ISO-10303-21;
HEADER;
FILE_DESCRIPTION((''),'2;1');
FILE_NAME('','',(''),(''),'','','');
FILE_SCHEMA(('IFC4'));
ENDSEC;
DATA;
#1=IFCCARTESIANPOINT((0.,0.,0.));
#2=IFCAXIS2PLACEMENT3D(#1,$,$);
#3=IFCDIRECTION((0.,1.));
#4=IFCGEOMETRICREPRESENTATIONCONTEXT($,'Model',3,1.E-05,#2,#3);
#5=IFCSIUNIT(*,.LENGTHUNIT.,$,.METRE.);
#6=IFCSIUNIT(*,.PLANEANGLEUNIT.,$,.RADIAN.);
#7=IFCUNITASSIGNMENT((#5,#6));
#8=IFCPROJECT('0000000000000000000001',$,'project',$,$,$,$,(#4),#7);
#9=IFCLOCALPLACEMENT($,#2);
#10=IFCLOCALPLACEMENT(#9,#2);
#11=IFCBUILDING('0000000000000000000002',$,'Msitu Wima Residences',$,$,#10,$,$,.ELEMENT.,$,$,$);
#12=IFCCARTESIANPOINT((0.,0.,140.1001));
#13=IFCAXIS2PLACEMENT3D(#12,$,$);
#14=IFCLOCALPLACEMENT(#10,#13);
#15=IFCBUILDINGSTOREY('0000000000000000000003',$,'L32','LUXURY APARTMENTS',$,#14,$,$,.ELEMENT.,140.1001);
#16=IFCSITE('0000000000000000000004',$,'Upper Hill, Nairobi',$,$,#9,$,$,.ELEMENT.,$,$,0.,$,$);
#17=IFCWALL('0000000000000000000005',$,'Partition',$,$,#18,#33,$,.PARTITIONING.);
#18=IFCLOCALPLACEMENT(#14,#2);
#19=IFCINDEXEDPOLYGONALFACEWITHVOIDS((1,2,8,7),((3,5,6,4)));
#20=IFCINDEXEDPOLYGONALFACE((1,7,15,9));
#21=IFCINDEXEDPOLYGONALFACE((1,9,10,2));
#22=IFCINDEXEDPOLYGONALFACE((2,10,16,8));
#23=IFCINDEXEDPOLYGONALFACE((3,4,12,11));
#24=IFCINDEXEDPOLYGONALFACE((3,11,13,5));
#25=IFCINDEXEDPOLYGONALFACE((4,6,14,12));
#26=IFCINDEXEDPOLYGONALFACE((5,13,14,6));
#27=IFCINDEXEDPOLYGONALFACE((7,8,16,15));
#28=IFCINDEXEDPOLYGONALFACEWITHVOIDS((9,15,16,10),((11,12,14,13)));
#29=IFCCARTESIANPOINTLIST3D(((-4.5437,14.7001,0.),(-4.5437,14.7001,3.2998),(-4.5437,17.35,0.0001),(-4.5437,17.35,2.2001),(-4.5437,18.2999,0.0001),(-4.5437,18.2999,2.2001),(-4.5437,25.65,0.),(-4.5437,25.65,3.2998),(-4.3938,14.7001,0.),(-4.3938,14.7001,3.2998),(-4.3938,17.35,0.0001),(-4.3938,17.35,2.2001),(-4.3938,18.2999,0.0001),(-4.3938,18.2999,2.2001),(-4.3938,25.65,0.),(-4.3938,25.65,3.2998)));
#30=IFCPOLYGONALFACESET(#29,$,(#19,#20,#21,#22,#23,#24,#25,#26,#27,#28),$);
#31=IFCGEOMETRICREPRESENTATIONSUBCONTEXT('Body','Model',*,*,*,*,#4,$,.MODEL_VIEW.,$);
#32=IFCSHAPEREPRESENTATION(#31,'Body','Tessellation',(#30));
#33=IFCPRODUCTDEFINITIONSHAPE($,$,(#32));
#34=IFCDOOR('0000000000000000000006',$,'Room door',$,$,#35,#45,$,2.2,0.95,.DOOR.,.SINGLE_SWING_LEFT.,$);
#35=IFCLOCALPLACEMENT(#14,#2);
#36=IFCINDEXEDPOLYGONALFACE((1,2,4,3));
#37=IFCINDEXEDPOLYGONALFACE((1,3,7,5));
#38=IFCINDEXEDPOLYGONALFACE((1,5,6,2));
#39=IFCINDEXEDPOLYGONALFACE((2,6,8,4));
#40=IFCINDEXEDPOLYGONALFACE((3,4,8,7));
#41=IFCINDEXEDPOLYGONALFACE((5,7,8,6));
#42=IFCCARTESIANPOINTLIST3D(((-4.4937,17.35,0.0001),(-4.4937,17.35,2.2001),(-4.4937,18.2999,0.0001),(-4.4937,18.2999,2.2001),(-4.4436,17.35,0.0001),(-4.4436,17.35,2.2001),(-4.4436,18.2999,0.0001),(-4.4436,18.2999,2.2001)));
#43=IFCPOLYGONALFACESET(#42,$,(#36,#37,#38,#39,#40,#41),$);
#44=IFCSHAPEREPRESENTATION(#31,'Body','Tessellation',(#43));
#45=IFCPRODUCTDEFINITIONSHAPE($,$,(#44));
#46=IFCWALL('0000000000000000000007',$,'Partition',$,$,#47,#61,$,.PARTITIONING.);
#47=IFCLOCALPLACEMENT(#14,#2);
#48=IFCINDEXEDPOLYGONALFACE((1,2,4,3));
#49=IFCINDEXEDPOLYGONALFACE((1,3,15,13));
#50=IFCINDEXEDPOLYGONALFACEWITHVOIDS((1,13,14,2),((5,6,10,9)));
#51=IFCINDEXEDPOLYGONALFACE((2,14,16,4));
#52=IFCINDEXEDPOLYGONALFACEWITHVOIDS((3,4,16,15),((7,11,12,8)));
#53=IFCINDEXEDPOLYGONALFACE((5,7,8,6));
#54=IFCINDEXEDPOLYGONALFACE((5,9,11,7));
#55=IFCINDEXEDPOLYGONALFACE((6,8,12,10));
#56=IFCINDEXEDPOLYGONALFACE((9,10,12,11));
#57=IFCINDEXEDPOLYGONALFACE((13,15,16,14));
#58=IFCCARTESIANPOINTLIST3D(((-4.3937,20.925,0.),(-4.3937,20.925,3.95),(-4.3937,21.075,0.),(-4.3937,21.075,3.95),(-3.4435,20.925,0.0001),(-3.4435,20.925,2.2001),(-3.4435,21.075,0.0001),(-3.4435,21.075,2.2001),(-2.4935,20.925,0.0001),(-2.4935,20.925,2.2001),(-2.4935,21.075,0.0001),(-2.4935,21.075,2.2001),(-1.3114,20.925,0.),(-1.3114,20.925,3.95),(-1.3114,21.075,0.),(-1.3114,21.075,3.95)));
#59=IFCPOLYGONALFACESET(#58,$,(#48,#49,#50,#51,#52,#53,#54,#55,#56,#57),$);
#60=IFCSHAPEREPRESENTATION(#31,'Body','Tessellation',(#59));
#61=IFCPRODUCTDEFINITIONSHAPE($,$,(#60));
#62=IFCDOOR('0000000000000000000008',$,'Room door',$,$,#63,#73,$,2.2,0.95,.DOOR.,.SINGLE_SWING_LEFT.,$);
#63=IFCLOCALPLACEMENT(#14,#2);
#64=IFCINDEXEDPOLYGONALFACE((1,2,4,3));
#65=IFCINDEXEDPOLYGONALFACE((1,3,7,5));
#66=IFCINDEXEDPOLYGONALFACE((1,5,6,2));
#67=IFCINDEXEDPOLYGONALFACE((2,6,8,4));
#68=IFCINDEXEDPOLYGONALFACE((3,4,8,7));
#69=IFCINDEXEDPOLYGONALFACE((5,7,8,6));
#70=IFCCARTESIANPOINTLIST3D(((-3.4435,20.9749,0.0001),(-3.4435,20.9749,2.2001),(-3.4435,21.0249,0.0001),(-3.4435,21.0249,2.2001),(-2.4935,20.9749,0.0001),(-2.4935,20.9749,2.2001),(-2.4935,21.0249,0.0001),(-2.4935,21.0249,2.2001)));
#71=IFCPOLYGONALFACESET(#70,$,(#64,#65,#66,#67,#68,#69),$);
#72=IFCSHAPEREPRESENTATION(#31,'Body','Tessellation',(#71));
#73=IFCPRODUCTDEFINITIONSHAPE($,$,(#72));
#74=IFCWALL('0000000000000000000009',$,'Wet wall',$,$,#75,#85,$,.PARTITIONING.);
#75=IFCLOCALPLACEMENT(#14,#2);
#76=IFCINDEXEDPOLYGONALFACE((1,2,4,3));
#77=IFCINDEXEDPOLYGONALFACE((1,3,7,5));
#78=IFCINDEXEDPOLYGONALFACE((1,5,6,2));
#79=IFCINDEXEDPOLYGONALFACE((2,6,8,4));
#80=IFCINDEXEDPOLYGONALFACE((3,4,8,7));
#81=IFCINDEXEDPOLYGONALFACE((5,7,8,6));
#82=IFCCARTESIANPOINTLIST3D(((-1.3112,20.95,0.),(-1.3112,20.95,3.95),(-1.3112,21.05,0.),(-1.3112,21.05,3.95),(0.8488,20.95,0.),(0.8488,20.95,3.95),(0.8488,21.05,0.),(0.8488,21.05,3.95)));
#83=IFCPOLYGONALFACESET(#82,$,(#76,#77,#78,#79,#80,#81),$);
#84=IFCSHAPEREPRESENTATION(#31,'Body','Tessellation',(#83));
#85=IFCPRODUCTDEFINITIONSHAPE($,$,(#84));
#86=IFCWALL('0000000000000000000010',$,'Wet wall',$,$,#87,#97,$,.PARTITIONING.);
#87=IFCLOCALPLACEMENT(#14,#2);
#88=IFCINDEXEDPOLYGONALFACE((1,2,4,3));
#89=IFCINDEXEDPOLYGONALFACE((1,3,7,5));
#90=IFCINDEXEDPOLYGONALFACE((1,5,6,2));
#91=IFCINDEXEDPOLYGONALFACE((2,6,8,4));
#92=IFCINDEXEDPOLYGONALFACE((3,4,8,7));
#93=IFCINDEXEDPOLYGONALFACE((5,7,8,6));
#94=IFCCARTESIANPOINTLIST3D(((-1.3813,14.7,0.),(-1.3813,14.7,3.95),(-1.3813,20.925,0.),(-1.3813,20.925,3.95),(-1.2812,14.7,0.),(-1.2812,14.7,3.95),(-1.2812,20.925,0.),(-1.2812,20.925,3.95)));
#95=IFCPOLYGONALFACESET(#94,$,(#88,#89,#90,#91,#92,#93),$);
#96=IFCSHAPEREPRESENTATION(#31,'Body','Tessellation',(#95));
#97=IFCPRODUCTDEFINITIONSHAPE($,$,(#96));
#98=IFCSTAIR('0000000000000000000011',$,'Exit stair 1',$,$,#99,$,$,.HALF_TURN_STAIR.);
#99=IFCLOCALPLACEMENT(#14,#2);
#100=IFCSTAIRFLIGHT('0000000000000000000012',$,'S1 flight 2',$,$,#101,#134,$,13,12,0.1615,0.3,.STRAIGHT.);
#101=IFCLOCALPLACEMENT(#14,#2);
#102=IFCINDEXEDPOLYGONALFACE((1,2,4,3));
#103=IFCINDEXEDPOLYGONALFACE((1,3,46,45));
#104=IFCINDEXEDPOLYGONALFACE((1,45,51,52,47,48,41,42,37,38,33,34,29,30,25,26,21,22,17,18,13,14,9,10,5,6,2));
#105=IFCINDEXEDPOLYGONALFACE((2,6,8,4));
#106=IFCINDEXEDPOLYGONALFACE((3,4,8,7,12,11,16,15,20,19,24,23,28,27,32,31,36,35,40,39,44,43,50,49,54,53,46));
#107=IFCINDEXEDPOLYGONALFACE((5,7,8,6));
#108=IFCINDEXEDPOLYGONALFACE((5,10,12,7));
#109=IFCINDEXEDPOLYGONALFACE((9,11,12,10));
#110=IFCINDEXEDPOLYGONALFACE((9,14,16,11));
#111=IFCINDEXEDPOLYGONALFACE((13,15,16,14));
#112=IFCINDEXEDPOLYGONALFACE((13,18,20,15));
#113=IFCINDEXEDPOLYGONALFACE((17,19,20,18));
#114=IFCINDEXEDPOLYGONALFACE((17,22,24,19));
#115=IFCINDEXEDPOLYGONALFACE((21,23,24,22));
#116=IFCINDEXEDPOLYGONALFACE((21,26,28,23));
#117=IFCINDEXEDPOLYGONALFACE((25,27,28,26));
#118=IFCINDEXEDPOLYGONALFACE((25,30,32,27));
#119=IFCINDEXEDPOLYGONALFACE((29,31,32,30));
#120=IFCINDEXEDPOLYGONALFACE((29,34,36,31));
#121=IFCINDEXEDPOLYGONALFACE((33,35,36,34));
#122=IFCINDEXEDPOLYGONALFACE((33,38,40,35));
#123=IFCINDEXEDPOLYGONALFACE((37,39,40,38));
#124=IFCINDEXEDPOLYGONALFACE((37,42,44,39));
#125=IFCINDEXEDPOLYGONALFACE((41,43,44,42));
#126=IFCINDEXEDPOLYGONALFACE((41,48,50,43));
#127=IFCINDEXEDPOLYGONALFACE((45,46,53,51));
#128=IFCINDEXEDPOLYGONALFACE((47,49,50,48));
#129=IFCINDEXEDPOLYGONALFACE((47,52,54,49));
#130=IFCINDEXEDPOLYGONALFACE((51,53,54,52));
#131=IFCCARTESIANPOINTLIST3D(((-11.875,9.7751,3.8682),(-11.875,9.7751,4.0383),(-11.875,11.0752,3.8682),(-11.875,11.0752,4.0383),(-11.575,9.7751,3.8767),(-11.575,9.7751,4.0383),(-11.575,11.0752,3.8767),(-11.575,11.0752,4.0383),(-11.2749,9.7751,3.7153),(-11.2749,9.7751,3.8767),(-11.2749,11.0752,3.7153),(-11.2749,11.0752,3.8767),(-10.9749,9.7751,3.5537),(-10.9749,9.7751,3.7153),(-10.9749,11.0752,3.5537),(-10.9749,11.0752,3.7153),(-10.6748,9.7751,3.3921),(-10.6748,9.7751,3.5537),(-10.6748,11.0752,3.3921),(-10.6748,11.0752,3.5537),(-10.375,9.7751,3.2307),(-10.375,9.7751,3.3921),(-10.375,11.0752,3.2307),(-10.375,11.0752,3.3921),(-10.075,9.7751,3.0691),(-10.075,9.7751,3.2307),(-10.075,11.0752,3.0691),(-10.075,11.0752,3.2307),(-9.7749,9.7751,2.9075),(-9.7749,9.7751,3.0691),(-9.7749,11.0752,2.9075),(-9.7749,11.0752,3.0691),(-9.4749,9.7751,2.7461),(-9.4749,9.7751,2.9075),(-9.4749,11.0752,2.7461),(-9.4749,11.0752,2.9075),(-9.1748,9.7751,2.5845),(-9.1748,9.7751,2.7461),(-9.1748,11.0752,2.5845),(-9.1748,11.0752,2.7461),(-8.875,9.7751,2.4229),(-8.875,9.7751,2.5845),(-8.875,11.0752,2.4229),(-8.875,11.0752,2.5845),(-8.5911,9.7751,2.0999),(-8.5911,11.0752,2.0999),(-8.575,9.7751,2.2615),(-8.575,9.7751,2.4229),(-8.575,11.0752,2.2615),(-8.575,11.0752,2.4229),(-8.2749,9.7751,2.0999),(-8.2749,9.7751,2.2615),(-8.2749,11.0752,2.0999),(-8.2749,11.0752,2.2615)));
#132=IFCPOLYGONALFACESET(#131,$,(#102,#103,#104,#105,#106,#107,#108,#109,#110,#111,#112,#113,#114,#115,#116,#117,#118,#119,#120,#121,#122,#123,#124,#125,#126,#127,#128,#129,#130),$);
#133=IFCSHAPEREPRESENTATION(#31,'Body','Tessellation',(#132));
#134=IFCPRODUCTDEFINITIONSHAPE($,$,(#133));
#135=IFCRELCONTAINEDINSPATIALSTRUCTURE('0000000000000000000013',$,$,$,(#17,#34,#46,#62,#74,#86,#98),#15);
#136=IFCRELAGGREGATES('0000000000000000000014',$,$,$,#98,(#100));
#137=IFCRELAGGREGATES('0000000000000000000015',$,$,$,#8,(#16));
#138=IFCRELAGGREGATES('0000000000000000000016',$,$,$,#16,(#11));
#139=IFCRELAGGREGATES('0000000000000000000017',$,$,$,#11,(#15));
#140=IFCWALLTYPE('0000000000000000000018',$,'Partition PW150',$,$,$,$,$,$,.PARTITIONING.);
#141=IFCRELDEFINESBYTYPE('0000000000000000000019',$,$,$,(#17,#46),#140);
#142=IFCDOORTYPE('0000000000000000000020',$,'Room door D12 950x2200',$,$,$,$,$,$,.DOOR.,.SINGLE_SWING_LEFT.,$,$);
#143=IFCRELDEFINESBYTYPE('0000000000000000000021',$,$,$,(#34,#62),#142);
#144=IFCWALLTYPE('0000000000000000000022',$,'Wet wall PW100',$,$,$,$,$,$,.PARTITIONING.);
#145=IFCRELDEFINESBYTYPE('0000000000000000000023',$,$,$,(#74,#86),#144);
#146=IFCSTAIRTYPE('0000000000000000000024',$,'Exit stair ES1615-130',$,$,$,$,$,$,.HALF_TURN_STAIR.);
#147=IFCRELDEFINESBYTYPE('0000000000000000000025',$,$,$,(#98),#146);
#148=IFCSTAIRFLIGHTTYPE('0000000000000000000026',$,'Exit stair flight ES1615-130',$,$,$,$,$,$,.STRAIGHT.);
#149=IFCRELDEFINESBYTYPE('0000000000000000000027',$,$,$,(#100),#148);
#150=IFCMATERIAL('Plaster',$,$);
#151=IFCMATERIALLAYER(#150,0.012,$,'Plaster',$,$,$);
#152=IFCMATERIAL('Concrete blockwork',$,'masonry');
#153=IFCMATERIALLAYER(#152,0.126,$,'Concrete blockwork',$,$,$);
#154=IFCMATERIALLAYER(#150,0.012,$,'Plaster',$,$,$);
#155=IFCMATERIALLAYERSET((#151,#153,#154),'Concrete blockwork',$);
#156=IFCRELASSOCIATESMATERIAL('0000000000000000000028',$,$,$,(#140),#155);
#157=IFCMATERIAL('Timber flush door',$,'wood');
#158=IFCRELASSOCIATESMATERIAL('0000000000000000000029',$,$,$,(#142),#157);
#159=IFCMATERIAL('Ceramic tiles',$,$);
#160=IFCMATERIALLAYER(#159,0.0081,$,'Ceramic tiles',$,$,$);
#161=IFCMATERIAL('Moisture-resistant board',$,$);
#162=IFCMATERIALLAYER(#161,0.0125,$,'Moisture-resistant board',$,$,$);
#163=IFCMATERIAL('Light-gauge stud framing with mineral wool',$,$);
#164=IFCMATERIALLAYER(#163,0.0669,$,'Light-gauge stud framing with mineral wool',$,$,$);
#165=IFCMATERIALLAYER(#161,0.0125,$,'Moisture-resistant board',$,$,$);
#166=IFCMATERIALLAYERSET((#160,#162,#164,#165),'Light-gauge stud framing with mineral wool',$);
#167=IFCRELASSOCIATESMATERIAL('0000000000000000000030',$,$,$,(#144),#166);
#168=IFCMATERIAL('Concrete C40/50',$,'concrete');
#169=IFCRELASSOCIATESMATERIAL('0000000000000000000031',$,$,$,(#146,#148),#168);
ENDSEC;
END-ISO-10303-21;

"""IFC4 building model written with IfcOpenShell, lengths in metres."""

from ifc_helpers import new_model, si_unit, direction, frame, frame_2d, origin, place, context, subcontext, project, spatial, polyline, rectangle, outline, extrude, material, layer, layer_set, type_object, element, fill, aggregate, save


model = new_model("IFC4")

# Units and contexts
model_context = context("Model", 3, precision=1e-05, world=origin(), true_north=direction((0.0, 1.0)))
body_context = subcontext(model_context, "Body", "Model", "MODEL_VIEW")
ifc_project = project(units=[si_unit("LENGTHUNIT", "METRE"), si_unit("PLANEANGLEUNIT", "RADIAN")], contexts=[model_context])

# Site, building, storey
site_placement = place(None, origin())
site = spatial("IfcSite", under=ifc_project, at=site_placement, Name="Upper Hill, Nairobi", CompositionType="ELEMENT", RefElevation=0.0)
building_placement = place(site_placement, origin())
building = spatial("IfcBuilding", under=site, at=building_placement, Name="Msitu Wima Residences", CompositionType="ELEMENT")
storey_placement = place(building_placement, frame((0.0, 0.0, 140.1001)))
storey = spatial("IfcBuildingStorey", under=building, at=storey_placement, Name="L32", Description="LUXURY APARTMENTS", CompositionType="ELEMENT", Elevation=140.1001)

# Shared definitions
ifc_material_1 = material(Name="Concrete C40/50", Category="concrete")

# Shared definitions
ifc_material_2 = material(Name="Plaster")
ifc_layer_1 = layer(ifc_material_2, 0.012, Name="Plaster")
ifc_material_3 = material(Name="Concrete blockwork", Category="masonry")
ifc_layer_2 = layer(ifc_material_3, 0.126, Name="Concrete blockwork")
ifc_layer_3 = layer(ifc_material_2, 0.012, Name="Plaster")
ifc_layer_set_1 = layer_set([ifc_layer_1, ifc_layer_2, ifc_layer_3], Name="Concrete blockwork")
wall_type_1 = type_object("IfcWallType", Name="Partition PW150", PredefinedType="PARTITIONING", material=ifc_layer_set_1)
ifc_material_4 = material(Name="Timber flush door", Category="wood")
door_type_1 = type_object("IfcDoorType", Name="Room door D12 950x2200", OperationType="SINGLE_SWING_LEFT", PredefinedType="DOOR", material=ifc_material_4)

# Walls, openings, doors
wall_1_placement = place(storey_placement, frame((-4.4688, 14.7, 0.0), z_axis=(0.0, 0.0, 1.0), x_axis=(0.0, 1.0, 0.0)))
wall_1 = element("IfcWall", 1, at=wall_1_placement, inside=storey, type_object=wall_type_1, Name="Partition", PredefinedType="PARTITIONING", context=body_context, shape_type="SweptSolid", body=[
    extrude(rectangle(XDim=10.95, YDim=0.1499, at=frame_2d((5.4751, 0.0))), origin(), (0.0, 0.0, 1.0), 3.2998),
])
opening_1_placement = place(wall_1_placement, frame((2.6499, 0.0, 0.0)))
opening_1 = element("IfcOpeningElement", 2, at=opening_1_placement, cuts=wall_1, PredefinedType="OPENING", context=body_context, shape_type="SweptSolid", body=[
    extrude(rectangle(XDim=0.95, YDim=2.2, at=frame_2d((0.4751, 1.1001))), frame((0.0, 0.085, 0.0), z_axis=(0.0, -1.0, 0.0), x_axis=(1.0, 0.0, 0.0)), (0.0, 0.0, 1.0), 0.1699),
])
door_1_placement = place(opening_1_placement, origin())
door_1 = element("IfcDoor", 3, at=door_1_placement, inside=storey, type_object=door_type_1, Name="Room door", OperationType="SINGLE_SWING_LEFT", OverallHeight=2.2, OverallWidth=0.95, PredefinedType="DOOR", context=body_context, shape_type="SweptSolid", body=[
    extrude(rectangle(XDim=0.95, YDim=2.2, at=frame_2d((0.4751, 1.1001))), frame((0.0, 0.0249, 0.0), z_axis=(0.0, -1.0, 0.0), x_axis=(1.0, 0.0, 0.0)), (0.0, 0.0, 1.0), 0.05),
])
fill(opening_1, door_1)
wall_2_placement = place(storey_placement, frame((-4.3936, 21.0, 0.0), z_axis=(0.0, 0.0, 1.0), x_axis=(1.0, 0.0, 0.0)))
wall_2 = element("IfcWall", 4, at=wall_2_placement, inside=storey, type_object=wall_type_1, Name="Partition", PredefinedType="PARTITIONING", context=body_context, shape_type="SweptSolid", body=[
    extrude(rectangle(XDim=3.0823, YDim=0.1499, at=frame_2d((1.541, 0.0))), origin(), (0.0, 0.0, 1.0), 3.95),
])
opening_2_placement = place(wall_2_placement, frame((0.95, 0.0, 0.0)))
opening_2 = element("IfcOpeningElement", 5, at=opening_2_placement, cuts=wall_2, PredefinedType="OPENING", context=body_context, shape_type="SweptSolid", body=[
    extrude(rectangle(XDim=0.95, YDim=2.2, at=frame_2d((0.4751, 1.1001))), frame((0.0, 0.085, 0.0), z_axis=(0.0, -1.0, 0.0), x_axis=(1.0, 0.0, 0.0)), (0.0, 0.0, 1.0), 0.1699),
])
door_2_placement = place(opening_2_placement, origin())
door_2 = element("IfcDoor", 6, at=door_2_placement, inside=storey, type_object=door_type_1, Name="Room door", OperationType="SINGLE_SWING_LEFT", OverallHeight=2.2, OverallWidth=0.95, PredefinedType="DOOR", context=body_context, shape_type="SweptSolid", body=[
    extrude(rectangle(XDim=0.95, YDim=2.2, at=frame_2d((0.4751, 1.1001))), frame((0.0, 0.0249, 0.0), z_axis=(0.0, -1.0, 0.0), x_axis=(1.0, 0.0, 0.0)), (0.0, 0.0, 1.0), 0.05),
])
fill(opening_2, door_2)

# Walls
ifc_material_5 = material(Name="Ceramic tiles")
ifc_layer_4 = layer(ifc_material_5, 0.0081, Name="Ceramic tiles")
ifc_material_6 = material(Name="Moisture-resistant board")
ifc_layer_5 = layer(ifc_material_6, 0.0125, Name="Moisture-resistant board")
ifc_material_7 = material(Name="Light-gauge stud framing with mineral wool")
ifc_layer_6 = layer(ifc_material_7, 0.0669, Name="Light-gauge stud framing with mineral wool")
ifc_layer_7 = layer(ifc_material_6, 0.0125, Name="Moisture-resistant board")
ifc_layer_set_2 = layer_set([ifc_layer_4, ifc_layer_5, ifc_layer_6, ifc_layer_7], Name="Light-gauge stud framing with mineral wool")
wall_type_2 = type_object("IfcWallType", Name="Wet wall PW100", PredefinedType="PARTITIONING", material=ifc_layer_set_2)
wall_3_placement = place(storey_placement, frame((-1.3113, 21.0, 0.0), z_axis=(0.0, 0.0, 1.0), x_axis=(1.0, 0.0, 0.0)))
element("IfcWall", 7, at=wall_3_placement, inside=storey, type_object=wall_type_2, Name="Wet wall", PredefinedType="PARTITIONING", context=body_context, shape_type="SweptSolid", body=[
    extrude(rectangle(XDim=2.1599, YDim=0.1001, at=frame_2d((1.0801, 0.0))), origin(), (0.0, 0.0, 1.0), 3.95),
])
wall_4_placement = place(storey_placement, frame((-1.3313, 14.7, 0.0), z_axis=(0.0, 0.0, 1.0), x_axis=(0.0, 1.0, 0.0)))
element("IfcWall", 8, at=wall_4_placement, inside=storey, type_object=wall_type_2, Name="Wet wall", PredefinedType="PARTITIONING", context=body_context, shape_type="SweptSolid", body=[
    extrude(rectangle(XDim=6.2251, YDim=0.1001, at=frame_2d((3.1125, 0.0))), origin(), (0.0, 0.0, 1.0), 3.95),
])

# Stair, stair flight
stair_type = type_object("IfcStairType", Name="Exit stair ES1615-130", PredefinedType="HALF_TURN_STAIR", material=ifc_material_1)
stair_placement = place(storey_placement, origin())
stair = element("IfcStair", 9, at=stair_placement, inside=storey, type_object=stair_type, Name="Exit stair 1", PredefinedType="HALF_TURN_STAIR")
stair_flight_type = type_object("IfcStairFlightType", Name="Exit stair flight ES1615-130", PredefinedType="STRAIGHT", material=ifc_material_1)
stair_flight_placement = place(storey_placement, frame((-8.2749, 10.425, 2.0999), z_axis=(0.0, 0.0, 1.0), x_axis=(-1.0, 0.0, 0.0)))
stair_flight = element("IfcStairFlight", 10, at=stair_flight_placement, type_object=stair_flight_type, Name="S1 flight 2", NumberOfRisers=13, NumberOfTreads=12, PredefinedType="STRAIGHT", RiserHeight=0.1615, TreadLength=0.3, context=body_context, shape_type="SweptSolid", body=[
    extrude(outline(polyline([(0.0, 0.0), (0.0, 0.1616), (0.3, 0.1616), (0.3, 0.323), (0.6001, 0.323), (0.6001, 0.4846), (0.8999, 0.4846), (0.8999, 0.6462), (1.2, 0.6462), (1.2, 0.8076), (1.5, 0.8076), (1.5, 0.9692), (1.8, 0.9692), (1.8, 1.1309), (2.1001, 1.1309), (2.1001, 1.2922), (2.3999, 1.2922), (2.3999, 1.4539), (2.7, 1.4539), (2.7, 1.6155), (3.0, 1.6155), (3.0, 1.7769), (3.3, 1.7769), (3.3, 1.9385), (3.6001, 1.9385), (3.6001, 2.1001), (3.6001, 1.7683), (0.3162, 0.0), (0.0, 0.0)])), frame((0.0, 0.6499, 0.0), z_axis=(0.0, -1.0, 0.0), x_axis=(1.0, 0.0, 0.0)), (0.0, 0.0, 1.0), 1.3),
])
aggregate(stair, [stair_flight])

save(model, "model.ifc")
